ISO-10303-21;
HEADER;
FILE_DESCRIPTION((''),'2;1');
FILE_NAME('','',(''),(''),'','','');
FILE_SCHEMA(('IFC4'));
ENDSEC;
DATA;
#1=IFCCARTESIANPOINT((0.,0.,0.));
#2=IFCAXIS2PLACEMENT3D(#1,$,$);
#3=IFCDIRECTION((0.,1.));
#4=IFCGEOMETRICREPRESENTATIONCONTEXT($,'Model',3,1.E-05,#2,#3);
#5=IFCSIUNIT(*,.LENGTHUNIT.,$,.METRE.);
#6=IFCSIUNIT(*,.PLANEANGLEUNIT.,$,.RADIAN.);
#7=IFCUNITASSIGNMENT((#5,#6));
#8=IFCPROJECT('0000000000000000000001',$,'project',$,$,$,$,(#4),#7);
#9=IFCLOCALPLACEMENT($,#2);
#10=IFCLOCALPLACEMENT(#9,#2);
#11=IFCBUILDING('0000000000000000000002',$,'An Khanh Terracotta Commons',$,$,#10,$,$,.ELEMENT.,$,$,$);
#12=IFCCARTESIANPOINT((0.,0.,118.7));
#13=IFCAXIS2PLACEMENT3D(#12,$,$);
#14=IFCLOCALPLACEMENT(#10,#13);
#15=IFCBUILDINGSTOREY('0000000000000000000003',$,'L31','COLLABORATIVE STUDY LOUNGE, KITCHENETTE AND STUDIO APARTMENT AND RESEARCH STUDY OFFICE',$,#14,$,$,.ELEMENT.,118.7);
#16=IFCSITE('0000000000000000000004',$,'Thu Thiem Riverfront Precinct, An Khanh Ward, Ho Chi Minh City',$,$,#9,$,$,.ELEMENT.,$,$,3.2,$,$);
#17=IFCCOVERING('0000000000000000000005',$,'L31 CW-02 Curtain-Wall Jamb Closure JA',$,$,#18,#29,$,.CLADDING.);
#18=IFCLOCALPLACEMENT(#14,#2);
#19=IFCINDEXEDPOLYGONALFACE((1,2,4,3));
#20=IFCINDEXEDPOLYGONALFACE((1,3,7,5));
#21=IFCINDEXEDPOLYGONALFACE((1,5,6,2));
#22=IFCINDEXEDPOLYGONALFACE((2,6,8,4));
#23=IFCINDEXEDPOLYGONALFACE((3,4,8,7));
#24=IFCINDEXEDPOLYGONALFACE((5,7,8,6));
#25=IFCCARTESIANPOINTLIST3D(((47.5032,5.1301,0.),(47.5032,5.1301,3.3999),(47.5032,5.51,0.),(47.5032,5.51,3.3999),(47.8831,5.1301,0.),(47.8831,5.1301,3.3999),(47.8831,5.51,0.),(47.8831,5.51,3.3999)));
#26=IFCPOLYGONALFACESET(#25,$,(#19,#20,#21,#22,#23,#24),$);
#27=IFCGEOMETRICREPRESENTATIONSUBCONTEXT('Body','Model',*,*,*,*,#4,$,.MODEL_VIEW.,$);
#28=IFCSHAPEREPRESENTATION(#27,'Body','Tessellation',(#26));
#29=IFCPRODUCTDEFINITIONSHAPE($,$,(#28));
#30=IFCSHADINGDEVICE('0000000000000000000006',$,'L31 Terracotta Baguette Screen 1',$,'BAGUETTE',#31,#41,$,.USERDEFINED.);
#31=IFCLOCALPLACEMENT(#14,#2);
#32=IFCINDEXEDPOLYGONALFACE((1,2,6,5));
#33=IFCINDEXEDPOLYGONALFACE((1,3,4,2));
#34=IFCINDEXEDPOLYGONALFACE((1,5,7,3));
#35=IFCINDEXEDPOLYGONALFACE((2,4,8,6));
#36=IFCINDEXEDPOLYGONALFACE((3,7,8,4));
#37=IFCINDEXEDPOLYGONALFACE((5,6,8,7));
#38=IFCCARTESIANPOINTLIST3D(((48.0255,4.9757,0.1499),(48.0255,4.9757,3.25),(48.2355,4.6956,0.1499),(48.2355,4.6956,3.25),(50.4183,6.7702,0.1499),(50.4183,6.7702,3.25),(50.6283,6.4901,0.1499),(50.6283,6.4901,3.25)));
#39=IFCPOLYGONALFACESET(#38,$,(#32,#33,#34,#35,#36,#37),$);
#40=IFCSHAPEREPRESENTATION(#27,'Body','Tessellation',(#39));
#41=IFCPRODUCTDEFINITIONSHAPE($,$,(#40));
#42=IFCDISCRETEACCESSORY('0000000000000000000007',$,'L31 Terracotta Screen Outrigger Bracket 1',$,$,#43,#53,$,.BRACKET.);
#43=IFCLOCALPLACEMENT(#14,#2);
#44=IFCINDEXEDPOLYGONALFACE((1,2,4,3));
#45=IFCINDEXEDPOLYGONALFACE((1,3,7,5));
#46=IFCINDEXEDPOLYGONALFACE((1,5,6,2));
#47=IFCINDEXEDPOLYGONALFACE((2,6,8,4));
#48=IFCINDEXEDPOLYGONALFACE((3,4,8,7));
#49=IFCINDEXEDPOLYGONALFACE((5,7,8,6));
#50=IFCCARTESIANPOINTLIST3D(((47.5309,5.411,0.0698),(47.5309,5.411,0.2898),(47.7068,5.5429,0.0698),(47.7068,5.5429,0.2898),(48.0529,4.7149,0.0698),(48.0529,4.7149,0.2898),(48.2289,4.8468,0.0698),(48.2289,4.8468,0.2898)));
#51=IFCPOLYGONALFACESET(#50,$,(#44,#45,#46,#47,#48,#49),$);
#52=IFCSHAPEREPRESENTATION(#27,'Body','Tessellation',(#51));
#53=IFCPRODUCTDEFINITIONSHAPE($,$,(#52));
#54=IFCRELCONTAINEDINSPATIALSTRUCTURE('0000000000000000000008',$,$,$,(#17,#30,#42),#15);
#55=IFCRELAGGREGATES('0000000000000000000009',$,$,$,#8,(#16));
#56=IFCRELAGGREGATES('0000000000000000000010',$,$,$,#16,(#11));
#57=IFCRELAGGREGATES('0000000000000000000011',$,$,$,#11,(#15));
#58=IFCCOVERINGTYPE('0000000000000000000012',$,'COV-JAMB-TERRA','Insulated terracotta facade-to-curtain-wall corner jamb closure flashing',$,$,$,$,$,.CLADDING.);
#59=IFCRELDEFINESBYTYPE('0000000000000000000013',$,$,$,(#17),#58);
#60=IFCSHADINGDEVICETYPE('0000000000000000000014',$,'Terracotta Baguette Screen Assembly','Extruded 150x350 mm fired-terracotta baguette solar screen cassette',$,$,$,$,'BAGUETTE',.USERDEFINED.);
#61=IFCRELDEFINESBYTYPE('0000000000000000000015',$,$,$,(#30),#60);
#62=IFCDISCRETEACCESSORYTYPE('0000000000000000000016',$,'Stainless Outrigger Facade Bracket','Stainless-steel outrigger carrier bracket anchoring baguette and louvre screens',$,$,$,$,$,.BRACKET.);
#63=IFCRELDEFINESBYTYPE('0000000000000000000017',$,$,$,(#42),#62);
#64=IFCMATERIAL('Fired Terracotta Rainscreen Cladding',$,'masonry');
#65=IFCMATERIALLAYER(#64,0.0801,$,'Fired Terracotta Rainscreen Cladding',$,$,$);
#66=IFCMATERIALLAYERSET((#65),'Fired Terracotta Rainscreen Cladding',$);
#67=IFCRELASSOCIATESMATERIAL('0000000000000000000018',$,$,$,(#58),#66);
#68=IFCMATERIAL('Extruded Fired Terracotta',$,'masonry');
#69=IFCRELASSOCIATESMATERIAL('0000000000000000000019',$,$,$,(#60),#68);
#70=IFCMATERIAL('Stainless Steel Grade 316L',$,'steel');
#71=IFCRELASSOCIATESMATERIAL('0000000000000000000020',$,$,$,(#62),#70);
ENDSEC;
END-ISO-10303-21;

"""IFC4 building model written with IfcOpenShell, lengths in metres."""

from ifc_helpers import new_model, si_unit, direction, frame, origin, origin_2d, place, context, subcontext, project, spatial, rectangle, extrude, material, layer, layer_set, type_object, element, save


model = new_model("IFC4")

# Units and contexts
model_context = context("Model", 3, precision=1e-05, world=origin(), true_north=direction((0.0, 1.0)))
body_context = subcontext(model_context, "Body", "Model", "MODEL_VIEW")
ifc_project = project(units=[si_unit("LENGTHUNIT", "METRE"), si_unit("PLANEANGLEUNIT", "RADIAN")], contexts=[model_context])

# Site, building, storey
site_placement = place(None, origin())
site = spatial("IfcSite", under=ifc_project, at=site_placement, Name="Thu Thiem Riverfront Precinct, An Khanh Ward, Ho Chi Minh City", CompositionType="ELEMENT", RefElevation=3.2)
building_placement = place(site_placement, origin())
building = spatial("IfcBuilding", under=site, at=building_placement, Name="An Khanh Terracotta Commons", CompositionType="ELEMENT")
storey_placement = place(building_placement, frame((0.0, 0.0, 118.7)))
storey = spatial("IfcBuildingStorey", under=building, at=storey_placement, Name="L31", Description="COLLABORATIVE STUDY LOUNGE, KITCHENETTE AND STUDIO APARTMENT AND RESEARCH STUDY OFFICE", CompositionType="ELEMENT", Elevation=118.7)

# Covering
ifc_material_1 = material(Name="Fired Terracotta Rainscreen Cladding", Category="masonry")
ifc_layer_1 = layer(ifc_material_1, 0.0801, Name="Fired Terracotta Rainscreen Cladding")
ifc_layer_set_1 = layer_set([ifc_layer_1], Name="Fired Terracotta Rainscreen Cladding")
covering_type = type_object("IfcCoveringType", Name="COV-JAMB-TERRA", Description="Insulated terracotta facade-to-curtain-wall corner jamb closure flashing", PredefinedType="CLADDING", material=ifc_layer_set_1)
covering_placement = place(storey_placement, frame((47.6931, 5.3201, 0.0), z_axis=(0.0, 0.0, 1.0), x_axis=(1.0, 0.0, 0.0)))
element("IfcCovering", 1, at=covering_placement, inside=storey, type_object=covering_type, Name="L31 CW-02 Curtain-Wall Jamb Closure JA", PredefinedType="CLADDING", context=body_context, shape_type="SweptSolid", body=[
    extrude(rectangle(XDim=0.3799, YDim=0.3799, at=origin_2d()), origin(), (0.0, 0.0, 1.0), 3.3999),
])

# Shading device
ifc_material_2 = material(Name="Extruded Fired Terracotta", Category="masonry")
shading_device_type = type_object("IfcShadingDeviceType", Name="Terracotta Baguette Screen Assembly", Description="Extruded 150x350 mm fired-terracotta baguette solar screen cassette", ElementType="BAGUETTE", PredefinedType="USERDEFINED", material=ifc_material_2)
shading_device_placement = place(storey_placement, frame((49.3269, 5.7329, 0.1499), z_axis=(0.0, 0.0, 1.0), x_axis=(0.800013, 0.599983, 0.0)))
element("IfcShadingDevice", 2, at=shading_device_placement, inside=storey, type_object=shading_device_type, Name="L31 Terracotta Baguette Screen 1", ObjectType="BAGUETTE", PredefinedType="USERDEFINED", context=body_context, shape_type="SweptSolid", body=[
    extrude(rectangle(XDim=2.991, YDim=0.3501, at=origin_2d()), origin(), (0.0, 0.0, 1.0), 3.1001),
])

# Discrete accessory
ifc_material_3 = material(Name="Stainless Steel Grade 316L", Category="steel")
discrete_accessory_type = type_object("IfcDiscreteAccessoryType", Name="Stainless Outrigger Facade Bracket", Description="Stainless-steel outrigger carrier bracket anchoring baguette and louvre screens", PredefinedType="BRACKET", material=ifc_material_3)
discrete_accessory_placement = place(storey_placement, frame((47.8799, 5.1289, 0.0698), z_axis=(0.0, 0.0, 1.0), x_axis=(0.800013, 0.599983, 0.0)))
element("IfcDiscreteAccessory", 3, at=discrete_accessory_placement, inside=storey, type_object=discrete_accessory_type, Name="L31 Terracotta Screen Outrigger Bracket 1", PredefinedType="BRACKET", context=body_context, shape_type="SweptSolid", body=[
    extrude(rectangle(XDim=0.22, YDim=0.8701, at=origin_2d()), origin(), (0.0, 0.0, 1.0), 0.22),
])

save(model, "model.ifc")
